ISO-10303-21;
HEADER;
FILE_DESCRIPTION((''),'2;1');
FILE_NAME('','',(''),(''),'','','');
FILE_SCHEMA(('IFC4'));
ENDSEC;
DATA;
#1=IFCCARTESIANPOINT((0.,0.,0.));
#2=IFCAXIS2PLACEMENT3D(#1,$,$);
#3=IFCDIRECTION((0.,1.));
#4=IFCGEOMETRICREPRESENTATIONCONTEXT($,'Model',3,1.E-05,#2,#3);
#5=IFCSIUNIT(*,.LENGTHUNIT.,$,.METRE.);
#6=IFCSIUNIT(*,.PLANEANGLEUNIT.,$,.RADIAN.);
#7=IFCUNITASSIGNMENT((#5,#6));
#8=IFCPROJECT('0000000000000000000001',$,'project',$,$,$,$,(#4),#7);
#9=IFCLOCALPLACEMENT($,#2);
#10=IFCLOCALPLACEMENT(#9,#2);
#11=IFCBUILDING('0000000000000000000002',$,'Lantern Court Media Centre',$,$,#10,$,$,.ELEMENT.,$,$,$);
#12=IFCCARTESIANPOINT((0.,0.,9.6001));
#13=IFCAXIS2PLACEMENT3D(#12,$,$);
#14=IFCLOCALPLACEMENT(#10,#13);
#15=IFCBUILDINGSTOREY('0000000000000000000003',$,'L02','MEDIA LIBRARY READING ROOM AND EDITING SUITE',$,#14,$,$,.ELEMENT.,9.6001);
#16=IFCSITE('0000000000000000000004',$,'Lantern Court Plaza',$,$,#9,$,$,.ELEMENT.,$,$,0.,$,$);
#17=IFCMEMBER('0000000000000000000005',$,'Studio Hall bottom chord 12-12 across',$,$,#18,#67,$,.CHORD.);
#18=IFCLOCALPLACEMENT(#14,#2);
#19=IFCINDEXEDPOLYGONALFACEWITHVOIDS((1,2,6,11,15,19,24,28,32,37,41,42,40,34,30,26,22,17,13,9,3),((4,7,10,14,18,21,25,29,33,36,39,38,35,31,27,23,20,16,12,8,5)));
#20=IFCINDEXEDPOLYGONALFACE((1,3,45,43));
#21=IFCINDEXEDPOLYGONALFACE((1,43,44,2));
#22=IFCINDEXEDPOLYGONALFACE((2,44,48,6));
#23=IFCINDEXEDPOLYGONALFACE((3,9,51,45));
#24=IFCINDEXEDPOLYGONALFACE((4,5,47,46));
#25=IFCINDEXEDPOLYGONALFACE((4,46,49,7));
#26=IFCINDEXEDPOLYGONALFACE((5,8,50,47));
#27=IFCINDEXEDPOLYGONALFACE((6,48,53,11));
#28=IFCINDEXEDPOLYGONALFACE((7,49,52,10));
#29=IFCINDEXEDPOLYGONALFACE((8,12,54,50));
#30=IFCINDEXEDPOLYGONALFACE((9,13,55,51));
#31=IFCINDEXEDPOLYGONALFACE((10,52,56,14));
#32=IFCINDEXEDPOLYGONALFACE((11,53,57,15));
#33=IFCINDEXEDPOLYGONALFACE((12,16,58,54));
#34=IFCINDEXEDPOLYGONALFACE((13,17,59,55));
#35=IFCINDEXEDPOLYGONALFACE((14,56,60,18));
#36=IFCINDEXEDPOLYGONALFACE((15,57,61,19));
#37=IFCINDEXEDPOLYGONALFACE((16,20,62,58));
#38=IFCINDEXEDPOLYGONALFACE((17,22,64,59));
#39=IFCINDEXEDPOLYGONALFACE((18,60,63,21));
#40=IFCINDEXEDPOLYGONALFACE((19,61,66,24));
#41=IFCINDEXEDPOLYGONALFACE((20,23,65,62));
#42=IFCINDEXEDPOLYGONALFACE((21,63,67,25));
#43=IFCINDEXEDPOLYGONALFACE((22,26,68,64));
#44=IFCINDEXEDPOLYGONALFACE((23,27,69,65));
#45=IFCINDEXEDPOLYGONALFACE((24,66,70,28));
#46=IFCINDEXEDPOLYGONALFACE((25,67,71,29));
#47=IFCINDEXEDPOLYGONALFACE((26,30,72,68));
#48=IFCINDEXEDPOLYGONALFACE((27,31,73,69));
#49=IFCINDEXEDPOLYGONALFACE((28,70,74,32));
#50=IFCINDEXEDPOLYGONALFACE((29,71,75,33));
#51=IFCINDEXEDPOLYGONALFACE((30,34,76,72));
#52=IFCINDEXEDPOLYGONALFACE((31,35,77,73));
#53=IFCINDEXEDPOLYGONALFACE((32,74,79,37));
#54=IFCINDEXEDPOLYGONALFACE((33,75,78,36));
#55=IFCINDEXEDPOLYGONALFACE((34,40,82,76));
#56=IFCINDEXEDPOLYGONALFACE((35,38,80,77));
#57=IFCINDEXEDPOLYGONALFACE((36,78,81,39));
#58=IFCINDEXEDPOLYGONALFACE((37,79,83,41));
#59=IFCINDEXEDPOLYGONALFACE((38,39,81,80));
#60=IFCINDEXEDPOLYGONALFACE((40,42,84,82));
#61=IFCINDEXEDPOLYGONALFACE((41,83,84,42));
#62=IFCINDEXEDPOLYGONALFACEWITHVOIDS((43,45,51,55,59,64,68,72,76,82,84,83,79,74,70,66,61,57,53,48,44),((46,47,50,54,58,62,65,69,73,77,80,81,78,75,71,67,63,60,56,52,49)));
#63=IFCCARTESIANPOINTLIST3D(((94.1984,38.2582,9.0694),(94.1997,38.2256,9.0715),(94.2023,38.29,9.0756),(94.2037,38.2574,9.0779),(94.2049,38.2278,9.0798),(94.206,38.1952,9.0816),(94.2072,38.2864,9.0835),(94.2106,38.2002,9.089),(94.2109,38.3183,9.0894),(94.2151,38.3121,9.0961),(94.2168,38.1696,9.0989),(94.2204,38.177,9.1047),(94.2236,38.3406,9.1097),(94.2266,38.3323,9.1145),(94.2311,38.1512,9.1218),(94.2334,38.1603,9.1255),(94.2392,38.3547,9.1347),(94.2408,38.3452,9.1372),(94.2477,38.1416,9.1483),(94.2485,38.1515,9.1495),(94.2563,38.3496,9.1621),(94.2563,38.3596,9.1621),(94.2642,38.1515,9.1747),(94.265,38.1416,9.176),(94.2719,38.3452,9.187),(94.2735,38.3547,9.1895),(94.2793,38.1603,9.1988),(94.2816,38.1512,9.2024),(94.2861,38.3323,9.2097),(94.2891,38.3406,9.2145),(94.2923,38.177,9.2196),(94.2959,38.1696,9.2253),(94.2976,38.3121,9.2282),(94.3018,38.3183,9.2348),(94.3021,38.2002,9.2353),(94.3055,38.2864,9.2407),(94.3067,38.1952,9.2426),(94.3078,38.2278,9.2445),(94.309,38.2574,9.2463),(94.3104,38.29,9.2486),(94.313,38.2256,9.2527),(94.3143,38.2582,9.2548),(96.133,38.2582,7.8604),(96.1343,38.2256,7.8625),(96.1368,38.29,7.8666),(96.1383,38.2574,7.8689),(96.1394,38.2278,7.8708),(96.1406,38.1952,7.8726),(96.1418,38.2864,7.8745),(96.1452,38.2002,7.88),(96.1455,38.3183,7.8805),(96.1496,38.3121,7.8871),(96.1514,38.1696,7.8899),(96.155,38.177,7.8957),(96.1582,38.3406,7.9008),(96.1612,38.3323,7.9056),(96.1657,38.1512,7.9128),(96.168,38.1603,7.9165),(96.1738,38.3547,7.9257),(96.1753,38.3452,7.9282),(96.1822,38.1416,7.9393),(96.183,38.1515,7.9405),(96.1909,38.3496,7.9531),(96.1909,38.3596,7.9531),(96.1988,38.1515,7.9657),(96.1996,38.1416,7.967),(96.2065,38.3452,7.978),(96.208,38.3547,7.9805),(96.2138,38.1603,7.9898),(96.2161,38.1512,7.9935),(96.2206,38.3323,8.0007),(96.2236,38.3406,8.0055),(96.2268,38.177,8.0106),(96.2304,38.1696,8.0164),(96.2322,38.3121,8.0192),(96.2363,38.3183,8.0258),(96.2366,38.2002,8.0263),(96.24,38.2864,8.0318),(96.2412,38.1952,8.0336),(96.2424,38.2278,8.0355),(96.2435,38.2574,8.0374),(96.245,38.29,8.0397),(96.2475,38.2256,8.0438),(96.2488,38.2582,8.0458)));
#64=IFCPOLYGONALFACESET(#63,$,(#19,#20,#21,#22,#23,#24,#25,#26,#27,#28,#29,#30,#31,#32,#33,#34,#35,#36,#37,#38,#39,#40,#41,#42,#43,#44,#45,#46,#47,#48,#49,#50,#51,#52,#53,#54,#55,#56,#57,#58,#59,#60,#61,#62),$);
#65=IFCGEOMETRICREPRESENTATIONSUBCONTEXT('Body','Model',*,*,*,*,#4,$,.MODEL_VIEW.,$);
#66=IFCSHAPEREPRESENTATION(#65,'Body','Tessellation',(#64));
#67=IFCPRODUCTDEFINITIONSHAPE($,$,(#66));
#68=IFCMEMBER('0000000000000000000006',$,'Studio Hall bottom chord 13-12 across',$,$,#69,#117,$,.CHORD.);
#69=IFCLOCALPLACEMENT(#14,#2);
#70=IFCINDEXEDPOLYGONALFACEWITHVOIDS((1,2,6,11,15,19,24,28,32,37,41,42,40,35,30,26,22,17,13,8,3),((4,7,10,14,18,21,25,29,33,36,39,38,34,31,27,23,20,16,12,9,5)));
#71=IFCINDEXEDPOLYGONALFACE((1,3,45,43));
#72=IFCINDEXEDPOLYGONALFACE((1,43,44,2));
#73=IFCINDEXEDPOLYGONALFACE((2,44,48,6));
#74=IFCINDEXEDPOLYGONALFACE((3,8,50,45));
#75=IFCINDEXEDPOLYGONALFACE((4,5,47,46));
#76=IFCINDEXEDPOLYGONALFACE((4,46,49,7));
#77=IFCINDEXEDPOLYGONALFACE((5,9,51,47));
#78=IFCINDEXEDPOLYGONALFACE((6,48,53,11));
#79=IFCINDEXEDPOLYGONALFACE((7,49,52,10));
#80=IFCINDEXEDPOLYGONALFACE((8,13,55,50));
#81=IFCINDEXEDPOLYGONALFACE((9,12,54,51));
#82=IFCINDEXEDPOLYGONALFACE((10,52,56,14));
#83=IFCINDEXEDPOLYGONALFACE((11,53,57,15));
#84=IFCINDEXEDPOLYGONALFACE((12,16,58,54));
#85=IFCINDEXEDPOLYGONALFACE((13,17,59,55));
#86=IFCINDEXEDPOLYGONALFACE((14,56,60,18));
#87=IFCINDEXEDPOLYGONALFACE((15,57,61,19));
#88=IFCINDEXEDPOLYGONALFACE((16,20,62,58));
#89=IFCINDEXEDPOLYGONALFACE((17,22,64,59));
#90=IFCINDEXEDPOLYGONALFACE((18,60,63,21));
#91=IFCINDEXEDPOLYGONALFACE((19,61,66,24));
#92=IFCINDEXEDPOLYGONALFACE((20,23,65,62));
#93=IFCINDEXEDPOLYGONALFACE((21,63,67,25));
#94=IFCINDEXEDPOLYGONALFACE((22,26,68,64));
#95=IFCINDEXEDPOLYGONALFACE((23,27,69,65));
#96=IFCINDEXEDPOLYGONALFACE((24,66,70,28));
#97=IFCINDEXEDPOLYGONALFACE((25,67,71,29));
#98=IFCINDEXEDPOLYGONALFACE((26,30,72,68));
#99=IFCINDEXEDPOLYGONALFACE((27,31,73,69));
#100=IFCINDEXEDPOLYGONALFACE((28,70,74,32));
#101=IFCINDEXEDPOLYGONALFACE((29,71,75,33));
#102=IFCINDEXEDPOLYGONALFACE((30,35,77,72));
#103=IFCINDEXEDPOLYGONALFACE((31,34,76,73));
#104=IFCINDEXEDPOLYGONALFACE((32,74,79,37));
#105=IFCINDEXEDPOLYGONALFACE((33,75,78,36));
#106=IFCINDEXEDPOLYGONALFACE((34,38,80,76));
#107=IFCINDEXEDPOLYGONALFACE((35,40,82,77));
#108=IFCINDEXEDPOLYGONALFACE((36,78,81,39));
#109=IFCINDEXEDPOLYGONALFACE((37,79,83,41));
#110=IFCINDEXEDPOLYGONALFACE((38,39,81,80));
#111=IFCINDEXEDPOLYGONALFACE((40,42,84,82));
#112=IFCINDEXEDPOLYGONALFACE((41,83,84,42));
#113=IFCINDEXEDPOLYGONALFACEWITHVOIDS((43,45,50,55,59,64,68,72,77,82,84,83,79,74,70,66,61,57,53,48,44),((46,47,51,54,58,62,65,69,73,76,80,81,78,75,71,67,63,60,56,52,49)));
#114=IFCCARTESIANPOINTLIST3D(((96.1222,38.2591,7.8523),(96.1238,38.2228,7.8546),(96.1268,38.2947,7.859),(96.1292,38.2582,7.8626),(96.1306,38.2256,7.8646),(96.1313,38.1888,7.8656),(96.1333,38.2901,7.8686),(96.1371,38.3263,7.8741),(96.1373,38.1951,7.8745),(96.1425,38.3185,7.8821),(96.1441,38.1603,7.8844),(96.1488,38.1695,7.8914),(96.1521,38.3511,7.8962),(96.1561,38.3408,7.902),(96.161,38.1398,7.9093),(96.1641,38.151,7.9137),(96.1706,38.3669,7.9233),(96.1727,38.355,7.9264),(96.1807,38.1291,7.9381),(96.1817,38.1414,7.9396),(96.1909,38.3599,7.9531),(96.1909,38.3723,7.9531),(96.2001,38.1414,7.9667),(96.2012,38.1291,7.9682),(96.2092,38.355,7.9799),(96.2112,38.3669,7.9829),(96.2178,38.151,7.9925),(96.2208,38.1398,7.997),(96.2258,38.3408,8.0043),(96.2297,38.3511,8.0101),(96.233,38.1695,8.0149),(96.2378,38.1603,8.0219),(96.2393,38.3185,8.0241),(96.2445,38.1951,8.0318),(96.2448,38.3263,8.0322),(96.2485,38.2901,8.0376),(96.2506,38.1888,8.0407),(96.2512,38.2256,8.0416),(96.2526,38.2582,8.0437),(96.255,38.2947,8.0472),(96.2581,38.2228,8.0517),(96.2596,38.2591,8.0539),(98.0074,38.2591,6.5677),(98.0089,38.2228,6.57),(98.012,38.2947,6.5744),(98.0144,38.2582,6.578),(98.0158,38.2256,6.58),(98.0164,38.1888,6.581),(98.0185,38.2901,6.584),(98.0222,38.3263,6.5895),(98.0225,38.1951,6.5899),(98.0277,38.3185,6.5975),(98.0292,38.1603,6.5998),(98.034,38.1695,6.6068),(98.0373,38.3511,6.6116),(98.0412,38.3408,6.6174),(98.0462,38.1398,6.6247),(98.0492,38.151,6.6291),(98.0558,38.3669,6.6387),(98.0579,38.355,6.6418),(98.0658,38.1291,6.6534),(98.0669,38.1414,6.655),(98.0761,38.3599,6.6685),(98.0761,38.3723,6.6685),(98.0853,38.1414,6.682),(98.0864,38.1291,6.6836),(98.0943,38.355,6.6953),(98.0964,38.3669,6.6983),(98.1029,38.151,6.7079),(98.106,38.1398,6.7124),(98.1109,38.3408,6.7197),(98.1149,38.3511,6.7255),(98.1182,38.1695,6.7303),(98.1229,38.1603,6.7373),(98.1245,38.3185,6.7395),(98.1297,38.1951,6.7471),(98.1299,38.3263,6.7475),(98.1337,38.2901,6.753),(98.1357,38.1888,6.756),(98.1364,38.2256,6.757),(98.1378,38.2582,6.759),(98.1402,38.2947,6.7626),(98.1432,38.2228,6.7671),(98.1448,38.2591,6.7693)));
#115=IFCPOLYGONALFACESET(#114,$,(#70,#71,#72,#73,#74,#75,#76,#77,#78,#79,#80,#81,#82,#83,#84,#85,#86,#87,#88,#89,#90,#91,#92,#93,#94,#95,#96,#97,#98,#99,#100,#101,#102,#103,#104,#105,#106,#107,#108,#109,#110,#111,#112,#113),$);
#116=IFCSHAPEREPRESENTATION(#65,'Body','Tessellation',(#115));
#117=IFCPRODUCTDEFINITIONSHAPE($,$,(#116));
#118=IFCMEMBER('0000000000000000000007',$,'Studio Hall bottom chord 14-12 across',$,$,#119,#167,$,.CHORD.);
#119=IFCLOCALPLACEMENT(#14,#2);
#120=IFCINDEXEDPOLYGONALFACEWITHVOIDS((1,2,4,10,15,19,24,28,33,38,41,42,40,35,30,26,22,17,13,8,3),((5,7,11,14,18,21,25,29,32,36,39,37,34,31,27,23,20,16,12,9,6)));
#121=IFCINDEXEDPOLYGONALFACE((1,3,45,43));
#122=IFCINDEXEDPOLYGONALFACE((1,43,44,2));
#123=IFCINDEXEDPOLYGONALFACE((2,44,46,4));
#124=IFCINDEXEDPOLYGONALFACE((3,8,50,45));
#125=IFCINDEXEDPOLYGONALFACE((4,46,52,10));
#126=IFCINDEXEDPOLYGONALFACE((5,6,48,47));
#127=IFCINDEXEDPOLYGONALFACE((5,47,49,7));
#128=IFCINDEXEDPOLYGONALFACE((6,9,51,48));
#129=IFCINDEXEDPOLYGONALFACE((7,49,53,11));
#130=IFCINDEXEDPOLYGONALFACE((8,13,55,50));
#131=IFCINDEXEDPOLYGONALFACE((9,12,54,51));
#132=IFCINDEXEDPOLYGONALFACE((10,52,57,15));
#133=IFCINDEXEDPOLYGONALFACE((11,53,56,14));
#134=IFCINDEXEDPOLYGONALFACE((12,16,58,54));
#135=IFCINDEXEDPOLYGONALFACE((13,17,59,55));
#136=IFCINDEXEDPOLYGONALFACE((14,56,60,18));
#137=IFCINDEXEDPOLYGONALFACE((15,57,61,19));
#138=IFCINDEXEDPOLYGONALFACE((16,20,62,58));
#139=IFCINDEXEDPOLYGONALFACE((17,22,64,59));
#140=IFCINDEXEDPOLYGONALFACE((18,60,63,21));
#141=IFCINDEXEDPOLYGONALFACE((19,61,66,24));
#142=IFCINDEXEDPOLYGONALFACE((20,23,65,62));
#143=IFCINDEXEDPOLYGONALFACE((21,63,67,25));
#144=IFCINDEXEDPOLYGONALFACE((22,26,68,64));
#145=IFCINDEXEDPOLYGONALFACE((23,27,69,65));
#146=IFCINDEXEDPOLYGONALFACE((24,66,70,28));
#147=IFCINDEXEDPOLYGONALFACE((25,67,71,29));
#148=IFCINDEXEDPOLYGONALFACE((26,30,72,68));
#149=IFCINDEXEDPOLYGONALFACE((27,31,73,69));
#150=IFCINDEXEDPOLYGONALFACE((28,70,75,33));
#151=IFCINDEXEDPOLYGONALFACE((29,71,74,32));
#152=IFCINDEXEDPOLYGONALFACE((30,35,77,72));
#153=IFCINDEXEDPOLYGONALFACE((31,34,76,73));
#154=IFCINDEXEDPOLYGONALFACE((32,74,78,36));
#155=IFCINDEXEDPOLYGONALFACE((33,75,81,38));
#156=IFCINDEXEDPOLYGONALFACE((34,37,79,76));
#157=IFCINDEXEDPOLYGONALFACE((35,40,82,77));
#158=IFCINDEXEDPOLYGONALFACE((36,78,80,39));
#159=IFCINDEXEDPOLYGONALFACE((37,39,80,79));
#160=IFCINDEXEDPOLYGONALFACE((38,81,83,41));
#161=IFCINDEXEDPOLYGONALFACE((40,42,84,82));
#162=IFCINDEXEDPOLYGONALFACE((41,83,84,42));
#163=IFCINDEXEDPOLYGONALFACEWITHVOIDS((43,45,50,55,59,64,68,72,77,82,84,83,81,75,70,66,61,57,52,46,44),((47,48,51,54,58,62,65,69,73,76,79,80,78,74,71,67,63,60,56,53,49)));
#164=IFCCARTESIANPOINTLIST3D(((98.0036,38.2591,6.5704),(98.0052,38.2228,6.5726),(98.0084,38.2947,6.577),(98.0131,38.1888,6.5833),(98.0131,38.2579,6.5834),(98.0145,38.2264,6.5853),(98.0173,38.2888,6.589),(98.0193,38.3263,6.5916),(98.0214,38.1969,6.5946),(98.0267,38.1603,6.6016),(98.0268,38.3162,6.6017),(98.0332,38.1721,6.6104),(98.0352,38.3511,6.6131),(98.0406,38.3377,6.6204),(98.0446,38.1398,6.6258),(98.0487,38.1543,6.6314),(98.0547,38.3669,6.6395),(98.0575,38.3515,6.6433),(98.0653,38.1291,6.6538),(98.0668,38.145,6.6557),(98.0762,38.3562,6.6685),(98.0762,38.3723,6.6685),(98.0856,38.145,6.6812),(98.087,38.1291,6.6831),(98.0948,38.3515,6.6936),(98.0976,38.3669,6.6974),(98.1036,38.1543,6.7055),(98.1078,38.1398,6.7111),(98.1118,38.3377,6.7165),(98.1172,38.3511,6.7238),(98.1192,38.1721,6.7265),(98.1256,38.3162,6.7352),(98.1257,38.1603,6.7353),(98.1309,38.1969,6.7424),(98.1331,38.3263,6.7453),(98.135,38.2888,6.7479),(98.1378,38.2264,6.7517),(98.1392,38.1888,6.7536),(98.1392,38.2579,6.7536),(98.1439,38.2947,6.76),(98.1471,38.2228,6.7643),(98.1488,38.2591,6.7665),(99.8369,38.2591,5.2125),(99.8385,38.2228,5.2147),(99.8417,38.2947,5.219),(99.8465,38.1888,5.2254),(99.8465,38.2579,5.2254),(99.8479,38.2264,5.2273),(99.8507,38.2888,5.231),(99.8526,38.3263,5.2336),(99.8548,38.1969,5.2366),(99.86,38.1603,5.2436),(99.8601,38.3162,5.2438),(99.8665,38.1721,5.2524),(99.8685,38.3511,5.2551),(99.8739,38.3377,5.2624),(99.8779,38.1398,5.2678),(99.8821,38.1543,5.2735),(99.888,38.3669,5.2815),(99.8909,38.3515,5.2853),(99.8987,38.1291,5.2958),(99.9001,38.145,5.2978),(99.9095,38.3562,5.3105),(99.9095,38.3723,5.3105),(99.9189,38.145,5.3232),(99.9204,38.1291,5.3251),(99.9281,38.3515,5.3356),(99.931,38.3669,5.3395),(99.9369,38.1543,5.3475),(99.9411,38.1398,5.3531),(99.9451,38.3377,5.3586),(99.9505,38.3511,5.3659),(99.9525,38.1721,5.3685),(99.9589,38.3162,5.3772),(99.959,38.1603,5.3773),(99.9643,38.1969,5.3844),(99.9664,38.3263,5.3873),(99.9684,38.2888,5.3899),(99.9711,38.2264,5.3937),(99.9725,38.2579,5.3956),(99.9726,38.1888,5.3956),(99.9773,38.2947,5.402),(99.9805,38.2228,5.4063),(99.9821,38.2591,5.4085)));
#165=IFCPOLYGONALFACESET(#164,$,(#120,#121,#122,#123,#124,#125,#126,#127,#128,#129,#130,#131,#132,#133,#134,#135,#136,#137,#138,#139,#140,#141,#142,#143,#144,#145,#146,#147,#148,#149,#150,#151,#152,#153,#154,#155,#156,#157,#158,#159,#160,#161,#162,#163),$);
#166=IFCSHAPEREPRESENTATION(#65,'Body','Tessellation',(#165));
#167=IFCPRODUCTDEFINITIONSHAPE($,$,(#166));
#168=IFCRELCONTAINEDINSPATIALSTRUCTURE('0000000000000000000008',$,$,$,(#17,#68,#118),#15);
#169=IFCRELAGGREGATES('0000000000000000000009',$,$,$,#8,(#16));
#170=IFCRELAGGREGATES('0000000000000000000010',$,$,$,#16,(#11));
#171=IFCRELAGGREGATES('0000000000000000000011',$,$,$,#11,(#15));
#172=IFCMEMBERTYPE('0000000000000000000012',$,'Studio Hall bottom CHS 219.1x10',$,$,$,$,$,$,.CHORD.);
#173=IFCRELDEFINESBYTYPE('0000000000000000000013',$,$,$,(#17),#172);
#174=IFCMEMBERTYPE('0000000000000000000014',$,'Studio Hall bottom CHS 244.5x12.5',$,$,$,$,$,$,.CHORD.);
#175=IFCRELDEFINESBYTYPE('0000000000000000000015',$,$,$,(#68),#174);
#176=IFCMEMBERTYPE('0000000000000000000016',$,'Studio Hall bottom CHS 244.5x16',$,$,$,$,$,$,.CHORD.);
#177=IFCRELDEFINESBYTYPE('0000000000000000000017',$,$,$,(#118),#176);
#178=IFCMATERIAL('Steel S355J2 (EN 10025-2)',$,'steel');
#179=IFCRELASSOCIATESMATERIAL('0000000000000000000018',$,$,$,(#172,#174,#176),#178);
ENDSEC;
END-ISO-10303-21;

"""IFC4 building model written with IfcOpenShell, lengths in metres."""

from ifc_helpers import new_model, si_unit, direction, frame, origin, origin_2d, place, context, subcontext, project, spatial, hollow_circle, extrude, material, material_profile, profile_set, type_object, element, save


model = new_model("IFC4")

# Units and contexts
model_context = context("Model", 3, precision=1e-05, world=origin(), true_north=direction((0.0, 1.0)))
body_context = subcontext(model_context, "Body", "Model", "MODEL_VIEW")
ifc_project = project(units=[si_unit("LENGTHUNIT", "METRE"), si_unit("PLANEANGLEUNIT", "RADIAN")], contexts=[model_context])

# Site, building, storey
site_placement = place(None, origin())
site = spatial("IfcSite", under=ifc_project, at=site_placement, Name="Lantern Court Plaza", CompositionType="ELEMENT", RefElevation=0.0)
building_placement = place(site_placement, origin())
building = spatial("IfcBuilding", under=site, at=building_placement, Name="Lantern Court Media Centre", CompositionType="ELEMENT")
storey_placement = place(building_placement, frame((0.0, 0.0, 9.6001)))
storey = spatial("IfcBuildingStorey", under=building, at=storey_placement, Name="L02", Description="MEDIA LIBRARY READING ROOM AND EDITING SUITE", CompositionType="ELEMENT", Elevation=9.6001)

# Members
ifc_material = material(Name="Steel S355J2 (EN 10025-2)", Category="steel")
ifc_material_profile_1 = material_profile(ifc_material, hollow_circle(Radius=0.1096, WallThickness=0.01, at=origin_2d()), Name="Studio Hall bottom CHS 219.1x10")
ifc_profile_set_1 = profile_set([ifc_material_profile_1], Name="Steel S355J2 (EN 10025-2)")
member_type_1 = type_object("IfcMemberType", Name="Studio Hall bottom CHS 219.1x10", PredefinedType="CHORD", material=ifc_profile_set_1)
member_1_placement = place(storey_placement, frame((94.2563, 38.25, 9.1621), z_axis=(0.848022, 0.0, -0.52996), x_axis=(0.0, 1.0, 0.0)))
element("IfcMember", 1, at=member_1_placement, inside=storey, type_object=member_type_1, Name="Studio Hall bottom chord 12-12 across", PredefinedType="CHORD", context=body_context, shape_type="SweptSolid", body=[
    extrude(hollow_circle(Radius=0.1096, WallThickness=0.01, at=origin_2d()), origin(), (0.0, 0.0, 1.0), 2.2812),
])
ifc_material_profile_2 = material_profile(ifc_material, hollow_circle(Radius=0.1223, WallThickness=0.0125, at=origin_2d()), Name="Studio Hall bottom CHS 244.5x12.5")
ifc_profile_set_2 = profile_set([ifc_material_profile_2], Name="Steel S355J2 (EN 10025-2)")
member_type_2 = type_object("IfcMemberType", Name="Studio Hall bottom CHS 244.5x12.5", PredefinedType="CHORD", material=ifc_profile_set_2)
member_2_placement = place(storey_placement, frame((96.1909, 38.25, 7.9531), z_axis=(0.826377, 0.0, -0.563118), x_axis=(0.0, 1.0, 0.0)))
element("IfcMember", 2, at=member_2_placement, inside=storey, type_object=member_type_2, Name="Studio Hall bottom chord 13-12 across", PredefinedType="CHORD", context=body_context, shape_type="SweptSolid", body=[
    extrude(hollow_circle(Radius=0.1223, WallThickness=0.0125, at=origin_2d()), origin(), (0.0, 0.0, 1.0), 2.2812),
])
ifc_material_profile_3 = material_profile(ifc_material, hollow_circle(Radius=0.1223, WallThickness=0.0161, at=origin_2d()), Name="Studio Hall bottom CHS 244.5x16")
ifc_profile_set_3 = profile_set([ifc_material_profile_3], Name="Steel S355J2 (EN 10025-2)")
member_type_3 = type_object("IfcMemberType", Name="Studio Hall bottom CHS 244.5x16", PredefinedType="CHORD", material=ifc_profile_set_3)
member_3_placement = place(storey_placement, frame((98.0762, 38.25, 6.6685), z_axis=(0.803569, 0.0, -0.595212), x_axis=(0.0, 1.0, 0.0)))
element("IfcMember", 3, at=member_3_placement, inside=storey, type_object=member_type_3, Name="Studio Hall bottom chord 14-12 across", PredefinedType="CHORD", context=body_context, shape_type="SweptSolid", body=[
    extrude(hollow_circle(Radius=0.1223, WallThickness=0.0161, at=origin_2d()), origin(), (0.0, 0.0, 1.0), 2.2815),
])

save(model, "model.ifc")
